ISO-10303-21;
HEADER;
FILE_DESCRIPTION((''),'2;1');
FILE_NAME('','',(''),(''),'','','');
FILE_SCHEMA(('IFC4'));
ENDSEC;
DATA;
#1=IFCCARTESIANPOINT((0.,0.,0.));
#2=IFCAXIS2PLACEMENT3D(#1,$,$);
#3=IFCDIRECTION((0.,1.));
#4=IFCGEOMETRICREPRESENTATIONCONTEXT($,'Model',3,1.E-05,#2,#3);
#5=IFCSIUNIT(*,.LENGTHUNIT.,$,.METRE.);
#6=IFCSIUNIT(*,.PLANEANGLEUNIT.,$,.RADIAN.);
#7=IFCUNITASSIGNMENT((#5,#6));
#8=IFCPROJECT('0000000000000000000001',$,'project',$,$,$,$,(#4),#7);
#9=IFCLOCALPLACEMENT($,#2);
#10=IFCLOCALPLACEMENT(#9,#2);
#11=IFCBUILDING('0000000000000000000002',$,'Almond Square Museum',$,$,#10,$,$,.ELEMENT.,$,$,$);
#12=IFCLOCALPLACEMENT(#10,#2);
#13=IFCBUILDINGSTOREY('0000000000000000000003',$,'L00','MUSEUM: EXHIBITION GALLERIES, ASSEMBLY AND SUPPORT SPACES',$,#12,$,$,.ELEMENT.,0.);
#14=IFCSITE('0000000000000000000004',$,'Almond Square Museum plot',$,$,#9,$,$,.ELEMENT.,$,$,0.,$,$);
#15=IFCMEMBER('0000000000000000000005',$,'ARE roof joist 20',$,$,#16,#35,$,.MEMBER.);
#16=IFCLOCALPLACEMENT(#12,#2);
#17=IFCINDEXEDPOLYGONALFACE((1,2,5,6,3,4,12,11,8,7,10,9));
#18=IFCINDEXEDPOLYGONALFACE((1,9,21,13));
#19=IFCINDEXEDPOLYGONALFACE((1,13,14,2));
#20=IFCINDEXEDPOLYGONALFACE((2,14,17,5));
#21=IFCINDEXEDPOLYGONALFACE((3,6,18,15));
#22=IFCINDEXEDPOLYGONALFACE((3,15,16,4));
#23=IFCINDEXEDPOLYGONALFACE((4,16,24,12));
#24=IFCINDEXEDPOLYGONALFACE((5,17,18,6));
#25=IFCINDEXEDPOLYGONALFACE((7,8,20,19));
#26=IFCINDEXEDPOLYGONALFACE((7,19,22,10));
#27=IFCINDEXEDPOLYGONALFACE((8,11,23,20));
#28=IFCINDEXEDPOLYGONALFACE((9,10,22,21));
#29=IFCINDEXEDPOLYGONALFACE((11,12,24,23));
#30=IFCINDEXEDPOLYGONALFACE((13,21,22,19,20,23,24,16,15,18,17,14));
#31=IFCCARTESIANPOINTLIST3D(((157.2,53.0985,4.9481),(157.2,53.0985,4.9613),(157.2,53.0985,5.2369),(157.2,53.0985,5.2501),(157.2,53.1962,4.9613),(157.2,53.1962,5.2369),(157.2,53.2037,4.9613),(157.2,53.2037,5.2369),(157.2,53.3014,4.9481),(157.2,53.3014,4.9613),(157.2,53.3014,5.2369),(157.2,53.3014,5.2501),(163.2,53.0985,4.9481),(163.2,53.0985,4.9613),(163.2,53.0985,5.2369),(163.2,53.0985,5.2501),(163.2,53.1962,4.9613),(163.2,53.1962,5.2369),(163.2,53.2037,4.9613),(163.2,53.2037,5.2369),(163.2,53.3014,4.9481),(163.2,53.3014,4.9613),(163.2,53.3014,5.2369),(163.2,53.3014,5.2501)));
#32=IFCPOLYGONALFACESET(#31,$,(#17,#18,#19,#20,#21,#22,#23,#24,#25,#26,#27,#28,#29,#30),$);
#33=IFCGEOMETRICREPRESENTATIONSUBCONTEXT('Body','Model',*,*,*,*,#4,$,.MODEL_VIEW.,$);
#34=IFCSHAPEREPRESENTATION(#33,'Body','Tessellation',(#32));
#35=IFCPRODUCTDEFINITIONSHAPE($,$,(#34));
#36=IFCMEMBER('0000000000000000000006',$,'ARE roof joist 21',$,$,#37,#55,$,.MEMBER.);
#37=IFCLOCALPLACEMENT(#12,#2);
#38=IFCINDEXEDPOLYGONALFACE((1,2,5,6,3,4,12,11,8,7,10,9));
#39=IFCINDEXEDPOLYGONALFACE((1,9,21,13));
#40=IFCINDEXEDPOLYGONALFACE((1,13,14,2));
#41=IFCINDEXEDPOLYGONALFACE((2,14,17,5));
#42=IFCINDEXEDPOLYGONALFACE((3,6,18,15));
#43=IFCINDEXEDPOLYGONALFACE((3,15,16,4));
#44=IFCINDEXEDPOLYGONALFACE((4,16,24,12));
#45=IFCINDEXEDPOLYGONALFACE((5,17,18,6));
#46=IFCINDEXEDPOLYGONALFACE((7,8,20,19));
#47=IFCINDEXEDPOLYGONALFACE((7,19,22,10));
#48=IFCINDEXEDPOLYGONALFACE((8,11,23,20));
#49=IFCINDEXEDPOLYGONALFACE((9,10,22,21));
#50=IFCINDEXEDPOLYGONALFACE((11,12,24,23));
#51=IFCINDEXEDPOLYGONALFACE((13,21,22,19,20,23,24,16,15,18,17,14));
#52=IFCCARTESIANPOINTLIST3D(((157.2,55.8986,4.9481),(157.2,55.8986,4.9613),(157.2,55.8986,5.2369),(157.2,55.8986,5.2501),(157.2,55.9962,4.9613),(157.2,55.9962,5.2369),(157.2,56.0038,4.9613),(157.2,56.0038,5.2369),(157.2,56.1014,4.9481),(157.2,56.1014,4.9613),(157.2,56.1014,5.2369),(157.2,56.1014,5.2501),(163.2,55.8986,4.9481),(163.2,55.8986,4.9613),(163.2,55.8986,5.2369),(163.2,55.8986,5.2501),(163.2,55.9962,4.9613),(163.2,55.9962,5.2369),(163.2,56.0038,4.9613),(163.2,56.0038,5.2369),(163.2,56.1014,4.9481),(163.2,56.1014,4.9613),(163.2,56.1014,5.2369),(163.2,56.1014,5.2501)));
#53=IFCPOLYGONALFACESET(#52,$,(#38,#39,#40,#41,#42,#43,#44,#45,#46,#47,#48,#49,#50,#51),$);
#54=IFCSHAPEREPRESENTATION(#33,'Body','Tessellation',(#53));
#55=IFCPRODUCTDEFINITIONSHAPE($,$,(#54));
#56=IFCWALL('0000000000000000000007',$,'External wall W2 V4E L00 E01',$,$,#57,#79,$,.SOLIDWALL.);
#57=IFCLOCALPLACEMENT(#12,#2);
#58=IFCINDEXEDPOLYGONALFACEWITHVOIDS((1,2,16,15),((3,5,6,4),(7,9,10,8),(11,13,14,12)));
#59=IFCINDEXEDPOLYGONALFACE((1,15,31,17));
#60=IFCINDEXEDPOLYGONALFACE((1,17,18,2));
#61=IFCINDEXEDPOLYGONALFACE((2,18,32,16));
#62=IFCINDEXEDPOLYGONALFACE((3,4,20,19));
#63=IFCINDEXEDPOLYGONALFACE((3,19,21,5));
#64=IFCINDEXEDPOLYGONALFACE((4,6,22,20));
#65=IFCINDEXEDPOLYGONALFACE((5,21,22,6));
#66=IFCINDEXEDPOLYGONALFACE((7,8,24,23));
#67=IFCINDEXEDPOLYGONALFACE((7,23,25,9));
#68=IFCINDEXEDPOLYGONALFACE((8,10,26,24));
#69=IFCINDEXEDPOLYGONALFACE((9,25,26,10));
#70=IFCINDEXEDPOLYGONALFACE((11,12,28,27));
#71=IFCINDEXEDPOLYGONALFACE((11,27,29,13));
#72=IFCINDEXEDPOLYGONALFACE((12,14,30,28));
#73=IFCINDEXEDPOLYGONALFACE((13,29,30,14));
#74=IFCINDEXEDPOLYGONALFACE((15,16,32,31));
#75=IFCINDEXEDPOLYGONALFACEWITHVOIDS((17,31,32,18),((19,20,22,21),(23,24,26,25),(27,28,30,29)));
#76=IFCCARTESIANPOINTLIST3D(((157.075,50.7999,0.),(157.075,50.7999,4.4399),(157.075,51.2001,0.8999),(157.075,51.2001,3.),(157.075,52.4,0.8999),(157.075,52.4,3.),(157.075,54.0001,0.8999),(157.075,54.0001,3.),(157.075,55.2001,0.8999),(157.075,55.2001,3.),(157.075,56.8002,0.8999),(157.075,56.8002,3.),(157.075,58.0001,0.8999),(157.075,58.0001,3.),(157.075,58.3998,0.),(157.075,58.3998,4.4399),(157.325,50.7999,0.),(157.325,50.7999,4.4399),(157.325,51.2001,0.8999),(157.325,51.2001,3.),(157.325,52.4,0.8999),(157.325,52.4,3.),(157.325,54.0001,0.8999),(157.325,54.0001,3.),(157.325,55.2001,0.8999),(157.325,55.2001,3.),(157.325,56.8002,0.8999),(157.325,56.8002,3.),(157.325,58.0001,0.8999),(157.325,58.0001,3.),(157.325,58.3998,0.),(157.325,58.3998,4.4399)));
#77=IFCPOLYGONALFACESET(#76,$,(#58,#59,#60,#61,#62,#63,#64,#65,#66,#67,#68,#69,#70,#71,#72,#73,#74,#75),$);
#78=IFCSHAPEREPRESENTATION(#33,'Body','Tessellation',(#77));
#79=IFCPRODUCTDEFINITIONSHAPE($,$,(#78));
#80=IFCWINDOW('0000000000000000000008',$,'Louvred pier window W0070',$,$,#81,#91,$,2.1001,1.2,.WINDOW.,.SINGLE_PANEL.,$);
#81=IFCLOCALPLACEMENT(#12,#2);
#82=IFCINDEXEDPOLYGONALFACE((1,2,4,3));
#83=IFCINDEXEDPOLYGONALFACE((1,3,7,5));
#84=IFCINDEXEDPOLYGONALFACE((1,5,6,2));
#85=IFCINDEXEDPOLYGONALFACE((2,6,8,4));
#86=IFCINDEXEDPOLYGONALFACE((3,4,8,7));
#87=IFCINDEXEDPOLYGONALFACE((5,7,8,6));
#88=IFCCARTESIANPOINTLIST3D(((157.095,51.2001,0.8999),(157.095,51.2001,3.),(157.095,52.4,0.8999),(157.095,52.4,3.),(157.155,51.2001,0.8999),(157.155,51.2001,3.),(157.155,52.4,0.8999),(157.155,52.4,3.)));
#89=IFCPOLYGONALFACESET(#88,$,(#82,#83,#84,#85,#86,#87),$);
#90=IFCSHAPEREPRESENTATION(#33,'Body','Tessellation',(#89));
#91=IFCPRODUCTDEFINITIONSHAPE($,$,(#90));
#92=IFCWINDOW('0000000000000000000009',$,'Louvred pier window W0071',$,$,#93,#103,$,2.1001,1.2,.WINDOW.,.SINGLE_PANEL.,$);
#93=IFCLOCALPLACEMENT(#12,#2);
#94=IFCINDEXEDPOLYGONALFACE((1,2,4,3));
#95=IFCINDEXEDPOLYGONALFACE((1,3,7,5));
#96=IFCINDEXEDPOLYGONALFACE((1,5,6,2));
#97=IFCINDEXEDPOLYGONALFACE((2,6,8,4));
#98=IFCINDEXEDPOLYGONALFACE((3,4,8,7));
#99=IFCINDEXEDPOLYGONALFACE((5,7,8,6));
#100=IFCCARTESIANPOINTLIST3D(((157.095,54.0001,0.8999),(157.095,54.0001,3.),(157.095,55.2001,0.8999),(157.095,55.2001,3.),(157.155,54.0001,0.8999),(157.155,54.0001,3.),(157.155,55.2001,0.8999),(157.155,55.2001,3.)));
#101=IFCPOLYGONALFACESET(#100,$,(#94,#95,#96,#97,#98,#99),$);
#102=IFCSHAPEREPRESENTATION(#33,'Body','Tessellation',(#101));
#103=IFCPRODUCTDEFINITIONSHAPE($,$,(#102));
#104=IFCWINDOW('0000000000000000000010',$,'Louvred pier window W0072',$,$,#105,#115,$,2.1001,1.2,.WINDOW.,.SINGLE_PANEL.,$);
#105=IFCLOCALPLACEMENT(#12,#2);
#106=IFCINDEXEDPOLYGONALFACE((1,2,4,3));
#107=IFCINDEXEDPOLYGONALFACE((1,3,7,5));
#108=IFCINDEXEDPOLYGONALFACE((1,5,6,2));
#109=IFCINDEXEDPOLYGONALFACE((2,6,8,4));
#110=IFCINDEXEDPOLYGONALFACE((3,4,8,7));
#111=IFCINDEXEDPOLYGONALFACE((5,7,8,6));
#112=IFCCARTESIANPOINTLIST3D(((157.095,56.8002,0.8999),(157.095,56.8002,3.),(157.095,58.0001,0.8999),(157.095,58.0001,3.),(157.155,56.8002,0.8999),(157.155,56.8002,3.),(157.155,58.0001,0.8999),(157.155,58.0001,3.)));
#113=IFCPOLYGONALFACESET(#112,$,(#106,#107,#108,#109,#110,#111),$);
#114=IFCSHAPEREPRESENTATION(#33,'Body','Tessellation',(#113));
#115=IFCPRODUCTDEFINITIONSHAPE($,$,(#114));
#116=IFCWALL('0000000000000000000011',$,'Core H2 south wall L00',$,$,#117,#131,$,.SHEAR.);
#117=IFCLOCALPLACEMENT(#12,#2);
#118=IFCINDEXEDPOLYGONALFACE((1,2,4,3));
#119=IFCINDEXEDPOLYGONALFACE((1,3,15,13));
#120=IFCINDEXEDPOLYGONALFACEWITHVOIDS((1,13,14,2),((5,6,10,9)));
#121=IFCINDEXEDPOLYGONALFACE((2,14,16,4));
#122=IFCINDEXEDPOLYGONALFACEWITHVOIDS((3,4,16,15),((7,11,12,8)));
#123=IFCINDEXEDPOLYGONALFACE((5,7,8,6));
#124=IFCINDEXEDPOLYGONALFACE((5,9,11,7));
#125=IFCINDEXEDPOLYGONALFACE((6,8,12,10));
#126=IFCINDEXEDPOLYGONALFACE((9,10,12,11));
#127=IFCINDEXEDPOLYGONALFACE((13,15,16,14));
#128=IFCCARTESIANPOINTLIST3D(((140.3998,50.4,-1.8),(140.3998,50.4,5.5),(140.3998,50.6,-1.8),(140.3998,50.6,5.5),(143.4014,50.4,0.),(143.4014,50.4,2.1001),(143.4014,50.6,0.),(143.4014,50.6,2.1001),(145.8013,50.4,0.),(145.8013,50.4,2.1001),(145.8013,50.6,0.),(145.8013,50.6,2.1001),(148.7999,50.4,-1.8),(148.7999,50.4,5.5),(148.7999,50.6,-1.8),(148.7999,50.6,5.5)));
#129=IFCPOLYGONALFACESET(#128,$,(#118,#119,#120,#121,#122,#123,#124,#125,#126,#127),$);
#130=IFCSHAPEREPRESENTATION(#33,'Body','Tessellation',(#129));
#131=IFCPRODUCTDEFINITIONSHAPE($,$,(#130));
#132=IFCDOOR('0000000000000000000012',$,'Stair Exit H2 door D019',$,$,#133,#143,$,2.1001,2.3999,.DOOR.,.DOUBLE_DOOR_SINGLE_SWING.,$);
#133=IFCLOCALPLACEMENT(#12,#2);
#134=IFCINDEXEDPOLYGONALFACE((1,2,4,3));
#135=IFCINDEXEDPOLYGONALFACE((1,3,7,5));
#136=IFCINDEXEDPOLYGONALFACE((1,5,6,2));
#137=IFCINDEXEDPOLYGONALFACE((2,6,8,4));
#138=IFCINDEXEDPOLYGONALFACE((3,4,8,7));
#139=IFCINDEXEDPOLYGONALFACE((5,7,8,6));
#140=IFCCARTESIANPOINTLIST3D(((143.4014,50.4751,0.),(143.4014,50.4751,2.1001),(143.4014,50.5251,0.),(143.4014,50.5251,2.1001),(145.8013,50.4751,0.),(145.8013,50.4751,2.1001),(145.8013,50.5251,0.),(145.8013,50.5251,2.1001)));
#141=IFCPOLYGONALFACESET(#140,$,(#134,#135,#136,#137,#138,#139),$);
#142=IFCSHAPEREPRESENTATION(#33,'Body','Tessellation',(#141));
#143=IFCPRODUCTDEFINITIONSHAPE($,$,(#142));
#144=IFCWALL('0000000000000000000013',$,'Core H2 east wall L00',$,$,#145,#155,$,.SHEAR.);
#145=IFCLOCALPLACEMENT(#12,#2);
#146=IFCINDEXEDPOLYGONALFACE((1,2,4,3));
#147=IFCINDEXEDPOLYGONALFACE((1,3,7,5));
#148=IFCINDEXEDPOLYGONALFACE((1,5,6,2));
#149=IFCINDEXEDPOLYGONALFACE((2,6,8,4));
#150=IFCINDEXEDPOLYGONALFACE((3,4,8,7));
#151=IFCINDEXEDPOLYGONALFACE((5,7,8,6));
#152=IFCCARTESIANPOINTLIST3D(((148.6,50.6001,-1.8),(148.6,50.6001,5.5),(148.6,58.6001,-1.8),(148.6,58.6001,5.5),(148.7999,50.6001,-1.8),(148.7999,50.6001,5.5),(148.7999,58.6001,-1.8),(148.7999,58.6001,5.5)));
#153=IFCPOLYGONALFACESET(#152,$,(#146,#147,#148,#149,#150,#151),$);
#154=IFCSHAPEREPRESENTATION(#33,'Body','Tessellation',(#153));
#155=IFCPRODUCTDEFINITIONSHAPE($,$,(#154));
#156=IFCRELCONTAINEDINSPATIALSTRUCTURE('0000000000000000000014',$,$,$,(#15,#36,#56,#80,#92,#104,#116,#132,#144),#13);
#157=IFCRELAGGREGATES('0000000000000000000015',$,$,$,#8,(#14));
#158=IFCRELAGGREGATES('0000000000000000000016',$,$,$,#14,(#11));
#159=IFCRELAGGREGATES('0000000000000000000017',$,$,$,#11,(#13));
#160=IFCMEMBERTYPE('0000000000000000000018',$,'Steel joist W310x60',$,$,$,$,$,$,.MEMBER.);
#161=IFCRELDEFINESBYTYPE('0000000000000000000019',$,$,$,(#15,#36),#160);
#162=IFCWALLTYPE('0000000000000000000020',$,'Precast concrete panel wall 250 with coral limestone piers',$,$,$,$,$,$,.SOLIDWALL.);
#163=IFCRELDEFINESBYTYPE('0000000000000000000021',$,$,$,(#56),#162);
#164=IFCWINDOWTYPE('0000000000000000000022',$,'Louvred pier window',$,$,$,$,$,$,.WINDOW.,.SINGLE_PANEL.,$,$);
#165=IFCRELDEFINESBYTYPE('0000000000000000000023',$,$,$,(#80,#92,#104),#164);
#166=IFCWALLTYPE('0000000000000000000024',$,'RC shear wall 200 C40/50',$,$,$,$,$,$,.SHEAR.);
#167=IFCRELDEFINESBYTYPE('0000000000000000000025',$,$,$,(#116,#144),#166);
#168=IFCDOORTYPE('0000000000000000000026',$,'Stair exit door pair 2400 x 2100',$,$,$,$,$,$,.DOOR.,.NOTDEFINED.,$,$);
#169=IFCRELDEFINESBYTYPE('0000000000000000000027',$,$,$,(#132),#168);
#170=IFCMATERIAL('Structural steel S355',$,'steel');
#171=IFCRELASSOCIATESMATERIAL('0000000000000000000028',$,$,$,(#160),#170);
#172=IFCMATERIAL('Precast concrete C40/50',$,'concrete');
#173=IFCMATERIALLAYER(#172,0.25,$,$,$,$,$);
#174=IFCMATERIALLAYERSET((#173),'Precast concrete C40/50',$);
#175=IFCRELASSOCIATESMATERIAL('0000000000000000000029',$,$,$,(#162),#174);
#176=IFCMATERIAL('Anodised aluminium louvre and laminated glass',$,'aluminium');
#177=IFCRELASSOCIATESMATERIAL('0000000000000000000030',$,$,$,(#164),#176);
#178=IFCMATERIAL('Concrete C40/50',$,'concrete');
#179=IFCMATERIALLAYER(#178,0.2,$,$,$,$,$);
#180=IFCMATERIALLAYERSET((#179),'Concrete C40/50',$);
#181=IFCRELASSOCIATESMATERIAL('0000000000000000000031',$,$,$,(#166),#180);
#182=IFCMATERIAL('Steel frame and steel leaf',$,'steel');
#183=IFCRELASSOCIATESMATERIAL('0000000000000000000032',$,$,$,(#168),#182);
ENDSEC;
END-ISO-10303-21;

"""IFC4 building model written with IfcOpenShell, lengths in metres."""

from ifc_helpers import new_model, si_unit, direction, frame, frame_2d, origin, origin_2d, place, context, subcontext, project, spatial, rectangle, i_section, extrude, material, layer, layer_set, material_profile, profile_set, type_object, element, fill, save


model = new_model("IFC4")

# Units and contexts
model_context = context("Model", 3, precision=1e-05, world=origin(), true_north=direction((0.0, 1.0)))
body_context = subcontext(model_context, "Body", "Model", "MODEL_VIEW")
ifc_project = project(units=[si_unit("LENGTHUNIT", "METRE"), si_unit("PLANEANGLEUNIT", "RADIAN")], contexts=[model_context])

# Site, building, storey
site_placement = place(None, origin())
site = spatial("IfcSite", under=ifc_project, at=site_placement, Name="Almond Square Museum plot", CompositionType="ELEMENT", RefElevation=0.0)
building_placement = place(site_placement, origin())
building = spatial("IfcBuilding", under=site, at=building_placement, Name="Almond Square Museum", CompositionType="ELEMENT")
storey_placement = place(building_placement, origin())
storey = spatial("IfcBuildingStorey", under=building, at=storey_placement, Name="L00", Description="MUSEUM: EXHIBITION GALLERIES, ASSEMBLY AND SUPPORT SPACES", CompositionType="ELEMENT", Elevation=0.0)

# Members
ifc_material_1 = material(Name="Structural steel S355", Category="steel")
ifc_material_profile_1 = material_profile(ifc_material_1, i_section(OverallWidth=0.2029, OverallDepth=0.302, WebThickness=0.0076, FlangeThickness=0.0132, at=origin_2d()))
ifc_profile_set_1 = profile_set([ifc_material_profile_1], Name="Structural steel S355")
member_type = type_object("IfcMemberType", Name="Steel joist W310x60", PredefinedType="MEMBER", material=ifc_profile_set_1)
for number, where, z_axis, x_axis, name in (
    (1, (157.2, 53.2, 5.0991), (1.0, 0.0, 0.0), (0.0, 1.0, 0.0), "ARE roof joist 20"),
    (2, (157.2, 56.0, 5.0991), (1.0, 0.0, 0.0), (0.0, 1.0, 0.0), "ARE roof joist 21"),
):
    element("IfcMember", number, at=place(storey_placement, frame(where, z_axis=z_axis, x_axis=x_axis)), inside=storey, type_object=member_type, Name=name, PredefinedType="MEMBER", context=body_context, shape_type="SweptSolid", body=[
        extrude(i_section(OverallWidth=0.2029, OverallDepth=0.302, WebThickness=0.0076, FlangeThickness=0.0132, at=origin_2d()), origin(), (0.0, 0.0, 1.0), 6.0),
    ])

# Wall, openings, windows
ifc_material_2 = material(Name="Precast concrete C40/50", Category="concrete")
ifc_layer_1 = layer(ifc_material_2, 0.25)
ifc_layer_set_1 = layer_set([ifc_layer_1], Name="Precast concrete C40/50")
wall_type_1 = type_object("IfcWallType", Name="Precast concrete panel wall 250 with coral limestone piers", PredefinedType="SOLIDWALL", material=ifc_layer_set_1)
wall_1_placement = place(storey_placement, frame((157.2, 50.8, 0.0), z_axis=(0.0, 0.0, 1.0), x_axis=(0.0, 1.0, 0.0)))
wall_1 = element("IfcWall", 3, at=wall_1_placement, inside=storey, type_object=wall_type_1, Name="External wall W2 V4E L00 E01", PredefinedType="SOLIDWALL", context=body_context, shape_type="SweptSolid", body=[
    extrude(rectangle(XDim=7.5999, YDim=0.25, at=frame_2d((3.7998, 0.0))), origin(), (0.0, 0.0, 1.0), 4.4399),
])
opening_1_placement = place(wall_1_placement, frame((0.3999, 0.0, 0.8999)))
opening_1 = element("IfcOpeningElement", 4, at=opening_1_placement, cuts=wall_1, PredefinedType="OPENING", context=body_context, shape_type="SweptSolid", body=[
    extrude(rectangle(XDim=1.2, YDim=2.1001, at=frame_2d((0.6001, 1.05))), frame((0.0, 0.135, 0.0), z_axis=(0.0, -1.0, 0.0), x_axis=(1.0, 0.0, 0.0)), (0.0, 0.0, 1.0), 0.27),
])
opening_2_placement = place(wall_1_placement, frame((3.2, 0.0, 0.8999)))
opening_2 = element("IfcOpeningElement", 5, at=opening_2_placement, cuts=wall_1, PredefinedType="OPENING", context=body_context, shape_type="SweptSolid", body=[
    extrude(rectangle(XDim=1.2, YDim=2.1001, at=frame_2d((0.6001, 1.05))), frame((0.0, 0.135, 0.0), z_axis=(0.0, -1.0, 0.0), x_axis=(1.0, 0.0, 0.0)), (0.0, 0.0, 1.0), 0.27),
])
opening_3_placement = place(wall_1_placement, frame((6.0, 0.0, 0.8999)))
opening_3 = element("IfcOpeningElement", 6, at=opening_3_placement, cuts=wall_1, PredefinedType="OPENING", context=body_context, shape_type="SweptSolid", body=[
    extrude(rectangle(XDim=1.2, YDim=2.1001, at=frame_2d((0.6001, 1.05))), frame((0.0, 0.135, 0.0), z_axis=(0.0, -1.0, 0.0), x_axis=(1.0, 0.0, 0.0)), (0.0, 0.0, 1.0), 0.27),
])
ifc_material_3 = material(Name="Anodised aluminium louvre and laminated glass", Category="aluminium")
window_type = type_object("IfcWindowType", Name="Louvred pier window", PartitioningType="SINGLE_PANEL", PredefinedType="WINDOW", material=ifc_material_3)
window_1_placement = place(opening_1_placement, origin())
window_1 = element("IfcWindow", 7, at=window_1_placement, inside=storey, type_object=window_type, Name="Louvred pier window W0070", OverallHeight=2.1001, OverallWidth=1.2, PartitioningType="SINGLE_PANEL", PredefinedType="WINDOW", context=body_context, shape_type="SweptSolid", body=[
    extrude(rectangle(XDim=1.2, YDim=2.1001, at=frame_2d((0.6001, 1.05))), frame((0.0, 0.105, 0.0), z_axis=(0.0, -1.0, 0.0), x_axis=(1.0, 0.0, 0.0)), (0.0, 0.0, 1.0), 0.0601),
])
fill(opening_1, window_1)
window_2_placement = place(opening_2_placement, origin())
window_2 = element("IfcWindow", 8, at=window_2_placement, inside=storey, type_object=window_type, Name="Louvred pier window W0071", OverallHeight=2.1001, OverallWidth=1.2, PartitioningType="SINGLE_PANEL", PredefinedType="WINDOW", context=body_context, shape_type="SweptSolid", body=[
    extrude(rectangle(XDim=1.2, YDim=2.1001, at=frame_2d((0.6001, 1.05))), frame((0.0, 0.105, 0.0), z_axis=(0.0, -1.0, 0.0), x_axis=(1.0, 0.0, 0.0)), (0.0, 0.0, 1.0), 0.0601),
])
fill(opening_2, window_2)
window_3_placement = place(opening_3_placement, origin())
window_3 = element("IfcWindow", 9, at=window_3_placement, inside=storey, type_object=window_type, Name="Louvred pier window W0072", OverallHeight=2.1001, OverallWidth=1.2, PartitioningType="SINGLE_PANEL", PredefinedType="WINDOW", context=body_context, shape_type="SweptSolid", body=[
    extrude(rectangle(XDim=1.2, YDim=2.1001, at=frame_2d((0.6001, 1.05))), frame((0.0, 0.105, 0.0), z_axis=(0.0, -1.0, 0.0), x_axis=(1.0, 0.0, 0.0)), (0.0, 0.0, 1.0), 0.0601),
])
fill(opening_3, window_3)

# Wall, opening, door
ifc_material_4 = material(Name="Concrete C40/50", Category="concrete")
ifc_layer_2 = layer(ifc_material_4, 0.2)
ifc_layer_set_2 = layer_set([ifc_layer_2], Name="Concrete C40/50")
wall_type_2 = type_object("IfcWallType", Name="RC shear wall 200 C40/50", PredefinedType="SHEAR", material=ifc_layer_set_2)
wall_2_placement = place(storey_placement, frame((148.8, 50.5, -1.8), z_axis=(0.0, 0.0, 1.0), x_axis=(-1.0, 0.0, 0.0)))
wall_2 = element("IfcWall", 10, at=wall_2_placement, inside=storey, type_object=wall_type_2, Name="Core H2 south wall L00", PredefinedType="SHEAR", context=body_context, shape_type="SweptSolid", body=[
    extrude(rectangle(XDim=8.4001, YDim=0.2, at=frame_2d((4.2002, 0.0))), origin(), (0.0, 0.0, 1.0), 7.3),
])
opening_4_placement = place(wall_2_placement, frame((2.9988, 0.0, 1.8)))
opening_4 = element("IfcOpeningElement", 11, at=opening_4_placement, cuts=wall_2, PredefinedType="OPENING", context=body_context, shape_type="SweptSolid", body=[
    extrude(rectangle(XDim=2.3999, YDim=2.1001, at=frame_2d((1.2, 1.05))), frame((0.0, 0.1099, 0.0), z_axis=(0.0, -1.0, 0.0), x_axis=(1.0, 0.0, 0.0)), (0.0, 0.0, 1.0), 0.22),
])
ifc_material_5 = material(Name="Steel frame and steel leaf", Category="steel")
door_type = type_object("IfcDoorType", Name="Stair exit door pair 2400 x 2100", OperationType="NOTDEFINED", PredefinedType="DOOR", material=ifc_material_5)
door_placement = place(opening_4_placement, origin())
door = element("IfcDoor", 12, at=door_placement, inside=storey, type_object=door_type, Name="Stair Exit H2 door D019", OperationType="DOUBLE_DOOR_SINGLE_SWING", OverallHeight=2.1001, OverallWidth=2.3999, PredefinedType="DOOR", context=body_context, shape_type="SweptSolid", body=[
    extrude(rectangle(XDim=2.3999, YDim=2.1001, at=frame_2d((1.2, 1.05))), frame((0.0, 0.0249, 0.0), z_axis=(0.0, -1.0, 0.0), x_axis=(1.0, 0.0, 0.0)), (0.0, 0.0, 1.0), 0.05),
])
fill(opening_4, door)

# Wall
wall_3_placement = place(storey_placement, frame((148.7, 50.6001, -1.8), z_axis=(0.0, 0.0, 1.0), x_axis=(0.0, 1.0, 0.0)))
element("IfcWall", 13, at=wall_3_placement, inside=storey, type_object=wall_type_2, Name="Core H2 east wall L00", PredefinedType="SHEAR", context=body_context, shape_type="SweptSolid", body=[
    extrude(rectangle(XDim=8.0, YDim=0.2, at=frame_2d((4.0, 0.0))), origin(), (0.0, 0.0, 1.0), 7.3),
])

save(model, "model.ifc")
